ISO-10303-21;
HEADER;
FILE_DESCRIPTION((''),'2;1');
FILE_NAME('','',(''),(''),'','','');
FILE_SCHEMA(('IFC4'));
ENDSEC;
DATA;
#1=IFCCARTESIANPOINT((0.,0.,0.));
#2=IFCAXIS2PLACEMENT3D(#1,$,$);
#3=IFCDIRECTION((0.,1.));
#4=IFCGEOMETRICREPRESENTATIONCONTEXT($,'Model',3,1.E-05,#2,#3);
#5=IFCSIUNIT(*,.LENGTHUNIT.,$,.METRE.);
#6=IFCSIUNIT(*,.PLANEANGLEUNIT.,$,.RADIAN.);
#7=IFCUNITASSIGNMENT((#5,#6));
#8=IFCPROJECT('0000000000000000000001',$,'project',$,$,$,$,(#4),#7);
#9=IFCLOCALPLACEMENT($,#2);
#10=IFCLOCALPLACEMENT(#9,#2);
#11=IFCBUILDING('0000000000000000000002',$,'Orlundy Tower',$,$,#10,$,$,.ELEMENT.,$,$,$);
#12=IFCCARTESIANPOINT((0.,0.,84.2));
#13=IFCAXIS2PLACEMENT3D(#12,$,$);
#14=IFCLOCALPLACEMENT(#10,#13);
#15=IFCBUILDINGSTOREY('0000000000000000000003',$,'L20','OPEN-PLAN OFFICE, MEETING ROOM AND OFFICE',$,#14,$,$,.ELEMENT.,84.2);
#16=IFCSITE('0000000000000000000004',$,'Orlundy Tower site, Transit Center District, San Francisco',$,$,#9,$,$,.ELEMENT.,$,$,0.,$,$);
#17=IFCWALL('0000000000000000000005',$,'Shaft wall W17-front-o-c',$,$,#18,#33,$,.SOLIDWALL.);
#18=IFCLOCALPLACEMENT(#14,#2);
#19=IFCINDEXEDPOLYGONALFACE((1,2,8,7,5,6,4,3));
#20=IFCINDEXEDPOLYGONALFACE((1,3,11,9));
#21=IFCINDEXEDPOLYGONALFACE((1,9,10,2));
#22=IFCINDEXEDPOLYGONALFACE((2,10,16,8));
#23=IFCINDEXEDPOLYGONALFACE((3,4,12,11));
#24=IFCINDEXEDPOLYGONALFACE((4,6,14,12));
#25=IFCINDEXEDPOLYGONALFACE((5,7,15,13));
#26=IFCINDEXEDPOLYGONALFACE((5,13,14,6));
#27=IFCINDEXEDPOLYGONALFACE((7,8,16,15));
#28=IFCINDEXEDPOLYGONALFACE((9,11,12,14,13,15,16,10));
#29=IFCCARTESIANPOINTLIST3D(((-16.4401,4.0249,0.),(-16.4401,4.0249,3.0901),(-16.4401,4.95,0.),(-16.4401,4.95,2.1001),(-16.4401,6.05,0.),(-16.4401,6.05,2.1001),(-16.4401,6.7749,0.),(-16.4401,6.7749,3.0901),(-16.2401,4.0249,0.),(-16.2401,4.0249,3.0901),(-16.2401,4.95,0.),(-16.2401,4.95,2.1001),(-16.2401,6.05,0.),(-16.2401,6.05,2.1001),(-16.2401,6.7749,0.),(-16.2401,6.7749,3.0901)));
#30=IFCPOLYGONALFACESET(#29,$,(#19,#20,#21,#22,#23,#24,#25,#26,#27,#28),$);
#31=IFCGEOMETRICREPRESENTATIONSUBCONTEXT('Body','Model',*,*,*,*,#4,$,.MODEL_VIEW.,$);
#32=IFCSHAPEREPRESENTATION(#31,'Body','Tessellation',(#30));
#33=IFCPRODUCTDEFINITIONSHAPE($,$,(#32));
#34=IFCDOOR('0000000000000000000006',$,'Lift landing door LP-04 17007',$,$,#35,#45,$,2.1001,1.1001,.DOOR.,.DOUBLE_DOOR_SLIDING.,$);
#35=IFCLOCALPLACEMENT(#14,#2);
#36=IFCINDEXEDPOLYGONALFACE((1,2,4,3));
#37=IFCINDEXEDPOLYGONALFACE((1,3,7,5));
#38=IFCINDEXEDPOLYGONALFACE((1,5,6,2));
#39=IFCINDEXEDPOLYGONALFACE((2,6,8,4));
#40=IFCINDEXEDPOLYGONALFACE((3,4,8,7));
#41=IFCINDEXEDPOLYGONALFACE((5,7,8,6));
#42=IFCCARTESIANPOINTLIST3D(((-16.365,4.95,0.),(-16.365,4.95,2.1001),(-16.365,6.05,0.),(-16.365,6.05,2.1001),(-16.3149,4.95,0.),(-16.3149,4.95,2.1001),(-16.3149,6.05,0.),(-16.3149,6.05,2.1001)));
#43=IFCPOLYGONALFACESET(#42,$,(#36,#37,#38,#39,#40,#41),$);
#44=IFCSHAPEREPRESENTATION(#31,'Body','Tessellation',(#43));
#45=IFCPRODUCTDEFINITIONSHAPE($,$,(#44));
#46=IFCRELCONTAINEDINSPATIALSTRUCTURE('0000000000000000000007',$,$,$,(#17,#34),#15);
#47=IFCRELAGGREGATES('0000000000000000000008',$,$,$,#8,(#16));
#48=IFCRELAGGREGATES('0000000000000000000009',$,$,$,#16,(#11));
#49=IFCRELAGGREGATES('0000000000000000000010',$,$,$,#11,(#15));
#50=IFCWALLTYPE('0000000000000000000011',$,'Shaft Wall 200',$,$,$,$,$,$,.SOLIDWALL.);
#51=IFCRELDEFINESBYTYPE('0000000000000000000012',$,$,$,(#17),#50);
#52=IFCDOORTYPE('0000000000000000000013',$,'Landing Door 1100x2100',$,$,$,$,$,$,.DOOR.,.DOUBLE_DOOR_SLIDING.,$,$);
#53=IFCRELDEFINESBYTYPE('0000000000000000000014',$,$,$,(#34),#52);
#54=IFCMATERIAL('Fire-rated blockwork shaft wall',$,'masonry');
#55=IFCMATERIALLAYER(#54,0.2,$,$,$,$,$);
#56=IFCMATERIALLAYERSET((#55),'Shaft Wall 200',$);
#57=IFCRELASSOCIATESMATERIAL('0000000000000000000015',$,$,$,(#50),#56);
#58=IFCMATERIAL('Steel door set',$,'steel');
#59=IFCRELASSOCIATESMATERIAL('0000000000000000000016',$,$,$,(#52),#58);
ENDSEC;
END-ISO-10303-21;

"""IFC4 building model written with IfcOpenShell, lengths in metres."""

from ifc_helpers import new_model, si_unit, direction, frame, frame_2d, origin, place, context, subcontext, project, spatial, rectangle, extrude, material, layer, layer_set, type_object, element, fill, save


model = new_model("IFC4")

# Units and contexts
model_context = context("Model", 3, precision=1e-05, world=origin(), true_north=direction((0.0, 1.0)))
body_context = subcontext(model_context, "Body", "Model", "MODEL_VIEW")
ifc_project = project(units=[si_unit("LENGTHUNIT", "METRE"), si_unit("PLANEANGLEUNIT", "RADIAN")], contexts=[model_context])

# Site, building, storey
site_placement = place(None, origin())
site = spatial("IfcSite", under=ifc_project, at=site_placement, Name="Orlundy Tower site, Transit Center District, San Francisco", CompositionType="ELEMENT", RefElevation=0.0)
building_placement = place(site_placement, origin())
building = spatial("IfcBuilding", under=site, at=building_placement, Name="Orlundy Tower", CompositionType="ELEMENT")
storey_placement = place(building_placement, frame((0.0, 0.0, 84.2)))
storey = spatial("IfcBuildingStorey", under=building, at=storey_placement, Name="L20", Description="OPEN-PLAN OFFICE, MEETING ROOM AND OFFICE", CompositionType="ELEMENT", Elevation=84.2)

# Wall, opening, door
ifc_material_1 = material(Name="Fire-rated blockwork shaft wall", Category="masonry")
ifc_layer_1 = layer(ifc_material_1, 0.2)
ifc_layer_set_1 = layer_set([ifc_layer_1], Name="Shaft Wall 200")
wall_type_1 = type_object("IfcWallType", Name="Shaft Wall 200", PredefinedType="SOLIDWALL", material=ifc_layer_set_1)
wall_1_placement = place(storey_placement, frame((-16.3401, 4.0249, 0.0), z_axis=(0.0, 0.0, 1.0), x_axis=(0.0, 1.0, 0.0)))
wall_1 = element("IfcWall", 1, at=wall_1_placement, inside=storey, type_object=wall_type_1, Name="Shaft wall W17-front-o-c", PredefinedType="SOLIDWALL", context=body_context, shape_type="SweptSolid", body=[
    extrude(rectangle(XDim=2.75, YDim=0.2, at=frame_2d((1.375, 0.0))), origin(), (0.0, 0.0, 1.0), 3.0901),
])
opening_1_placement = place(wall_1_placement, frame((0.925, 0.0, 0.0)))
opening_1 = element("IfcOpeningElement", 2, at=opening_1_placement, cuts=wall_1, PredefinedType="OPENING", context=body_context, shape_type="SweptSolid", body=[
    extrude(rectangle(XDim=1.1001, YDim=2.1001, at=frame_2d((0.55, 1.05))), frame((0.0, 0.1101, 0.0), z_axis=(0.0, -1.0, 0.0), x_axis=(1.0, 0.0, 0.0)), (0.0, 0.0, 1.0), 0.2202),
])
ifc_material_2 = material(Name="Steel door set", Category="steel")
door_type_1 = type_object("IfcDoorType", Name="Landing Door 1100x2100", OperationType="DOUBLE_DOOR_SLIDING", PredefinedType="DOOR", material=ifc_material_2)
door_1_placement = place(opening_1_placement, origin())
door_1 = element("IfcDoor", 3, at=door_1_placement, inside=storey, type_object=door_type_1, Name="Lift landing door LP-04 17007", OperationType="DOUBLE_DOOR_SLIDING", OverallHeight=2.1001, OverallWidth=1.1001, PredefinedType="DOOR", context=body_context, shape_type="SweptSolid", body=[
    extrude(rectangle(XDim=1.1001, YDim=2.1001, at=frame_2d((0.55, 1.05))), frame((0.0, 0.0249, 0.0), z_axis=(0.0, -1.0, 0.0), x_axis=(1.0, 0.0, 0.0)), (0.0, 0.0, 1.0), 0.05),
])
fill(opening_1, door_1)

save(model, "model.ifc")
